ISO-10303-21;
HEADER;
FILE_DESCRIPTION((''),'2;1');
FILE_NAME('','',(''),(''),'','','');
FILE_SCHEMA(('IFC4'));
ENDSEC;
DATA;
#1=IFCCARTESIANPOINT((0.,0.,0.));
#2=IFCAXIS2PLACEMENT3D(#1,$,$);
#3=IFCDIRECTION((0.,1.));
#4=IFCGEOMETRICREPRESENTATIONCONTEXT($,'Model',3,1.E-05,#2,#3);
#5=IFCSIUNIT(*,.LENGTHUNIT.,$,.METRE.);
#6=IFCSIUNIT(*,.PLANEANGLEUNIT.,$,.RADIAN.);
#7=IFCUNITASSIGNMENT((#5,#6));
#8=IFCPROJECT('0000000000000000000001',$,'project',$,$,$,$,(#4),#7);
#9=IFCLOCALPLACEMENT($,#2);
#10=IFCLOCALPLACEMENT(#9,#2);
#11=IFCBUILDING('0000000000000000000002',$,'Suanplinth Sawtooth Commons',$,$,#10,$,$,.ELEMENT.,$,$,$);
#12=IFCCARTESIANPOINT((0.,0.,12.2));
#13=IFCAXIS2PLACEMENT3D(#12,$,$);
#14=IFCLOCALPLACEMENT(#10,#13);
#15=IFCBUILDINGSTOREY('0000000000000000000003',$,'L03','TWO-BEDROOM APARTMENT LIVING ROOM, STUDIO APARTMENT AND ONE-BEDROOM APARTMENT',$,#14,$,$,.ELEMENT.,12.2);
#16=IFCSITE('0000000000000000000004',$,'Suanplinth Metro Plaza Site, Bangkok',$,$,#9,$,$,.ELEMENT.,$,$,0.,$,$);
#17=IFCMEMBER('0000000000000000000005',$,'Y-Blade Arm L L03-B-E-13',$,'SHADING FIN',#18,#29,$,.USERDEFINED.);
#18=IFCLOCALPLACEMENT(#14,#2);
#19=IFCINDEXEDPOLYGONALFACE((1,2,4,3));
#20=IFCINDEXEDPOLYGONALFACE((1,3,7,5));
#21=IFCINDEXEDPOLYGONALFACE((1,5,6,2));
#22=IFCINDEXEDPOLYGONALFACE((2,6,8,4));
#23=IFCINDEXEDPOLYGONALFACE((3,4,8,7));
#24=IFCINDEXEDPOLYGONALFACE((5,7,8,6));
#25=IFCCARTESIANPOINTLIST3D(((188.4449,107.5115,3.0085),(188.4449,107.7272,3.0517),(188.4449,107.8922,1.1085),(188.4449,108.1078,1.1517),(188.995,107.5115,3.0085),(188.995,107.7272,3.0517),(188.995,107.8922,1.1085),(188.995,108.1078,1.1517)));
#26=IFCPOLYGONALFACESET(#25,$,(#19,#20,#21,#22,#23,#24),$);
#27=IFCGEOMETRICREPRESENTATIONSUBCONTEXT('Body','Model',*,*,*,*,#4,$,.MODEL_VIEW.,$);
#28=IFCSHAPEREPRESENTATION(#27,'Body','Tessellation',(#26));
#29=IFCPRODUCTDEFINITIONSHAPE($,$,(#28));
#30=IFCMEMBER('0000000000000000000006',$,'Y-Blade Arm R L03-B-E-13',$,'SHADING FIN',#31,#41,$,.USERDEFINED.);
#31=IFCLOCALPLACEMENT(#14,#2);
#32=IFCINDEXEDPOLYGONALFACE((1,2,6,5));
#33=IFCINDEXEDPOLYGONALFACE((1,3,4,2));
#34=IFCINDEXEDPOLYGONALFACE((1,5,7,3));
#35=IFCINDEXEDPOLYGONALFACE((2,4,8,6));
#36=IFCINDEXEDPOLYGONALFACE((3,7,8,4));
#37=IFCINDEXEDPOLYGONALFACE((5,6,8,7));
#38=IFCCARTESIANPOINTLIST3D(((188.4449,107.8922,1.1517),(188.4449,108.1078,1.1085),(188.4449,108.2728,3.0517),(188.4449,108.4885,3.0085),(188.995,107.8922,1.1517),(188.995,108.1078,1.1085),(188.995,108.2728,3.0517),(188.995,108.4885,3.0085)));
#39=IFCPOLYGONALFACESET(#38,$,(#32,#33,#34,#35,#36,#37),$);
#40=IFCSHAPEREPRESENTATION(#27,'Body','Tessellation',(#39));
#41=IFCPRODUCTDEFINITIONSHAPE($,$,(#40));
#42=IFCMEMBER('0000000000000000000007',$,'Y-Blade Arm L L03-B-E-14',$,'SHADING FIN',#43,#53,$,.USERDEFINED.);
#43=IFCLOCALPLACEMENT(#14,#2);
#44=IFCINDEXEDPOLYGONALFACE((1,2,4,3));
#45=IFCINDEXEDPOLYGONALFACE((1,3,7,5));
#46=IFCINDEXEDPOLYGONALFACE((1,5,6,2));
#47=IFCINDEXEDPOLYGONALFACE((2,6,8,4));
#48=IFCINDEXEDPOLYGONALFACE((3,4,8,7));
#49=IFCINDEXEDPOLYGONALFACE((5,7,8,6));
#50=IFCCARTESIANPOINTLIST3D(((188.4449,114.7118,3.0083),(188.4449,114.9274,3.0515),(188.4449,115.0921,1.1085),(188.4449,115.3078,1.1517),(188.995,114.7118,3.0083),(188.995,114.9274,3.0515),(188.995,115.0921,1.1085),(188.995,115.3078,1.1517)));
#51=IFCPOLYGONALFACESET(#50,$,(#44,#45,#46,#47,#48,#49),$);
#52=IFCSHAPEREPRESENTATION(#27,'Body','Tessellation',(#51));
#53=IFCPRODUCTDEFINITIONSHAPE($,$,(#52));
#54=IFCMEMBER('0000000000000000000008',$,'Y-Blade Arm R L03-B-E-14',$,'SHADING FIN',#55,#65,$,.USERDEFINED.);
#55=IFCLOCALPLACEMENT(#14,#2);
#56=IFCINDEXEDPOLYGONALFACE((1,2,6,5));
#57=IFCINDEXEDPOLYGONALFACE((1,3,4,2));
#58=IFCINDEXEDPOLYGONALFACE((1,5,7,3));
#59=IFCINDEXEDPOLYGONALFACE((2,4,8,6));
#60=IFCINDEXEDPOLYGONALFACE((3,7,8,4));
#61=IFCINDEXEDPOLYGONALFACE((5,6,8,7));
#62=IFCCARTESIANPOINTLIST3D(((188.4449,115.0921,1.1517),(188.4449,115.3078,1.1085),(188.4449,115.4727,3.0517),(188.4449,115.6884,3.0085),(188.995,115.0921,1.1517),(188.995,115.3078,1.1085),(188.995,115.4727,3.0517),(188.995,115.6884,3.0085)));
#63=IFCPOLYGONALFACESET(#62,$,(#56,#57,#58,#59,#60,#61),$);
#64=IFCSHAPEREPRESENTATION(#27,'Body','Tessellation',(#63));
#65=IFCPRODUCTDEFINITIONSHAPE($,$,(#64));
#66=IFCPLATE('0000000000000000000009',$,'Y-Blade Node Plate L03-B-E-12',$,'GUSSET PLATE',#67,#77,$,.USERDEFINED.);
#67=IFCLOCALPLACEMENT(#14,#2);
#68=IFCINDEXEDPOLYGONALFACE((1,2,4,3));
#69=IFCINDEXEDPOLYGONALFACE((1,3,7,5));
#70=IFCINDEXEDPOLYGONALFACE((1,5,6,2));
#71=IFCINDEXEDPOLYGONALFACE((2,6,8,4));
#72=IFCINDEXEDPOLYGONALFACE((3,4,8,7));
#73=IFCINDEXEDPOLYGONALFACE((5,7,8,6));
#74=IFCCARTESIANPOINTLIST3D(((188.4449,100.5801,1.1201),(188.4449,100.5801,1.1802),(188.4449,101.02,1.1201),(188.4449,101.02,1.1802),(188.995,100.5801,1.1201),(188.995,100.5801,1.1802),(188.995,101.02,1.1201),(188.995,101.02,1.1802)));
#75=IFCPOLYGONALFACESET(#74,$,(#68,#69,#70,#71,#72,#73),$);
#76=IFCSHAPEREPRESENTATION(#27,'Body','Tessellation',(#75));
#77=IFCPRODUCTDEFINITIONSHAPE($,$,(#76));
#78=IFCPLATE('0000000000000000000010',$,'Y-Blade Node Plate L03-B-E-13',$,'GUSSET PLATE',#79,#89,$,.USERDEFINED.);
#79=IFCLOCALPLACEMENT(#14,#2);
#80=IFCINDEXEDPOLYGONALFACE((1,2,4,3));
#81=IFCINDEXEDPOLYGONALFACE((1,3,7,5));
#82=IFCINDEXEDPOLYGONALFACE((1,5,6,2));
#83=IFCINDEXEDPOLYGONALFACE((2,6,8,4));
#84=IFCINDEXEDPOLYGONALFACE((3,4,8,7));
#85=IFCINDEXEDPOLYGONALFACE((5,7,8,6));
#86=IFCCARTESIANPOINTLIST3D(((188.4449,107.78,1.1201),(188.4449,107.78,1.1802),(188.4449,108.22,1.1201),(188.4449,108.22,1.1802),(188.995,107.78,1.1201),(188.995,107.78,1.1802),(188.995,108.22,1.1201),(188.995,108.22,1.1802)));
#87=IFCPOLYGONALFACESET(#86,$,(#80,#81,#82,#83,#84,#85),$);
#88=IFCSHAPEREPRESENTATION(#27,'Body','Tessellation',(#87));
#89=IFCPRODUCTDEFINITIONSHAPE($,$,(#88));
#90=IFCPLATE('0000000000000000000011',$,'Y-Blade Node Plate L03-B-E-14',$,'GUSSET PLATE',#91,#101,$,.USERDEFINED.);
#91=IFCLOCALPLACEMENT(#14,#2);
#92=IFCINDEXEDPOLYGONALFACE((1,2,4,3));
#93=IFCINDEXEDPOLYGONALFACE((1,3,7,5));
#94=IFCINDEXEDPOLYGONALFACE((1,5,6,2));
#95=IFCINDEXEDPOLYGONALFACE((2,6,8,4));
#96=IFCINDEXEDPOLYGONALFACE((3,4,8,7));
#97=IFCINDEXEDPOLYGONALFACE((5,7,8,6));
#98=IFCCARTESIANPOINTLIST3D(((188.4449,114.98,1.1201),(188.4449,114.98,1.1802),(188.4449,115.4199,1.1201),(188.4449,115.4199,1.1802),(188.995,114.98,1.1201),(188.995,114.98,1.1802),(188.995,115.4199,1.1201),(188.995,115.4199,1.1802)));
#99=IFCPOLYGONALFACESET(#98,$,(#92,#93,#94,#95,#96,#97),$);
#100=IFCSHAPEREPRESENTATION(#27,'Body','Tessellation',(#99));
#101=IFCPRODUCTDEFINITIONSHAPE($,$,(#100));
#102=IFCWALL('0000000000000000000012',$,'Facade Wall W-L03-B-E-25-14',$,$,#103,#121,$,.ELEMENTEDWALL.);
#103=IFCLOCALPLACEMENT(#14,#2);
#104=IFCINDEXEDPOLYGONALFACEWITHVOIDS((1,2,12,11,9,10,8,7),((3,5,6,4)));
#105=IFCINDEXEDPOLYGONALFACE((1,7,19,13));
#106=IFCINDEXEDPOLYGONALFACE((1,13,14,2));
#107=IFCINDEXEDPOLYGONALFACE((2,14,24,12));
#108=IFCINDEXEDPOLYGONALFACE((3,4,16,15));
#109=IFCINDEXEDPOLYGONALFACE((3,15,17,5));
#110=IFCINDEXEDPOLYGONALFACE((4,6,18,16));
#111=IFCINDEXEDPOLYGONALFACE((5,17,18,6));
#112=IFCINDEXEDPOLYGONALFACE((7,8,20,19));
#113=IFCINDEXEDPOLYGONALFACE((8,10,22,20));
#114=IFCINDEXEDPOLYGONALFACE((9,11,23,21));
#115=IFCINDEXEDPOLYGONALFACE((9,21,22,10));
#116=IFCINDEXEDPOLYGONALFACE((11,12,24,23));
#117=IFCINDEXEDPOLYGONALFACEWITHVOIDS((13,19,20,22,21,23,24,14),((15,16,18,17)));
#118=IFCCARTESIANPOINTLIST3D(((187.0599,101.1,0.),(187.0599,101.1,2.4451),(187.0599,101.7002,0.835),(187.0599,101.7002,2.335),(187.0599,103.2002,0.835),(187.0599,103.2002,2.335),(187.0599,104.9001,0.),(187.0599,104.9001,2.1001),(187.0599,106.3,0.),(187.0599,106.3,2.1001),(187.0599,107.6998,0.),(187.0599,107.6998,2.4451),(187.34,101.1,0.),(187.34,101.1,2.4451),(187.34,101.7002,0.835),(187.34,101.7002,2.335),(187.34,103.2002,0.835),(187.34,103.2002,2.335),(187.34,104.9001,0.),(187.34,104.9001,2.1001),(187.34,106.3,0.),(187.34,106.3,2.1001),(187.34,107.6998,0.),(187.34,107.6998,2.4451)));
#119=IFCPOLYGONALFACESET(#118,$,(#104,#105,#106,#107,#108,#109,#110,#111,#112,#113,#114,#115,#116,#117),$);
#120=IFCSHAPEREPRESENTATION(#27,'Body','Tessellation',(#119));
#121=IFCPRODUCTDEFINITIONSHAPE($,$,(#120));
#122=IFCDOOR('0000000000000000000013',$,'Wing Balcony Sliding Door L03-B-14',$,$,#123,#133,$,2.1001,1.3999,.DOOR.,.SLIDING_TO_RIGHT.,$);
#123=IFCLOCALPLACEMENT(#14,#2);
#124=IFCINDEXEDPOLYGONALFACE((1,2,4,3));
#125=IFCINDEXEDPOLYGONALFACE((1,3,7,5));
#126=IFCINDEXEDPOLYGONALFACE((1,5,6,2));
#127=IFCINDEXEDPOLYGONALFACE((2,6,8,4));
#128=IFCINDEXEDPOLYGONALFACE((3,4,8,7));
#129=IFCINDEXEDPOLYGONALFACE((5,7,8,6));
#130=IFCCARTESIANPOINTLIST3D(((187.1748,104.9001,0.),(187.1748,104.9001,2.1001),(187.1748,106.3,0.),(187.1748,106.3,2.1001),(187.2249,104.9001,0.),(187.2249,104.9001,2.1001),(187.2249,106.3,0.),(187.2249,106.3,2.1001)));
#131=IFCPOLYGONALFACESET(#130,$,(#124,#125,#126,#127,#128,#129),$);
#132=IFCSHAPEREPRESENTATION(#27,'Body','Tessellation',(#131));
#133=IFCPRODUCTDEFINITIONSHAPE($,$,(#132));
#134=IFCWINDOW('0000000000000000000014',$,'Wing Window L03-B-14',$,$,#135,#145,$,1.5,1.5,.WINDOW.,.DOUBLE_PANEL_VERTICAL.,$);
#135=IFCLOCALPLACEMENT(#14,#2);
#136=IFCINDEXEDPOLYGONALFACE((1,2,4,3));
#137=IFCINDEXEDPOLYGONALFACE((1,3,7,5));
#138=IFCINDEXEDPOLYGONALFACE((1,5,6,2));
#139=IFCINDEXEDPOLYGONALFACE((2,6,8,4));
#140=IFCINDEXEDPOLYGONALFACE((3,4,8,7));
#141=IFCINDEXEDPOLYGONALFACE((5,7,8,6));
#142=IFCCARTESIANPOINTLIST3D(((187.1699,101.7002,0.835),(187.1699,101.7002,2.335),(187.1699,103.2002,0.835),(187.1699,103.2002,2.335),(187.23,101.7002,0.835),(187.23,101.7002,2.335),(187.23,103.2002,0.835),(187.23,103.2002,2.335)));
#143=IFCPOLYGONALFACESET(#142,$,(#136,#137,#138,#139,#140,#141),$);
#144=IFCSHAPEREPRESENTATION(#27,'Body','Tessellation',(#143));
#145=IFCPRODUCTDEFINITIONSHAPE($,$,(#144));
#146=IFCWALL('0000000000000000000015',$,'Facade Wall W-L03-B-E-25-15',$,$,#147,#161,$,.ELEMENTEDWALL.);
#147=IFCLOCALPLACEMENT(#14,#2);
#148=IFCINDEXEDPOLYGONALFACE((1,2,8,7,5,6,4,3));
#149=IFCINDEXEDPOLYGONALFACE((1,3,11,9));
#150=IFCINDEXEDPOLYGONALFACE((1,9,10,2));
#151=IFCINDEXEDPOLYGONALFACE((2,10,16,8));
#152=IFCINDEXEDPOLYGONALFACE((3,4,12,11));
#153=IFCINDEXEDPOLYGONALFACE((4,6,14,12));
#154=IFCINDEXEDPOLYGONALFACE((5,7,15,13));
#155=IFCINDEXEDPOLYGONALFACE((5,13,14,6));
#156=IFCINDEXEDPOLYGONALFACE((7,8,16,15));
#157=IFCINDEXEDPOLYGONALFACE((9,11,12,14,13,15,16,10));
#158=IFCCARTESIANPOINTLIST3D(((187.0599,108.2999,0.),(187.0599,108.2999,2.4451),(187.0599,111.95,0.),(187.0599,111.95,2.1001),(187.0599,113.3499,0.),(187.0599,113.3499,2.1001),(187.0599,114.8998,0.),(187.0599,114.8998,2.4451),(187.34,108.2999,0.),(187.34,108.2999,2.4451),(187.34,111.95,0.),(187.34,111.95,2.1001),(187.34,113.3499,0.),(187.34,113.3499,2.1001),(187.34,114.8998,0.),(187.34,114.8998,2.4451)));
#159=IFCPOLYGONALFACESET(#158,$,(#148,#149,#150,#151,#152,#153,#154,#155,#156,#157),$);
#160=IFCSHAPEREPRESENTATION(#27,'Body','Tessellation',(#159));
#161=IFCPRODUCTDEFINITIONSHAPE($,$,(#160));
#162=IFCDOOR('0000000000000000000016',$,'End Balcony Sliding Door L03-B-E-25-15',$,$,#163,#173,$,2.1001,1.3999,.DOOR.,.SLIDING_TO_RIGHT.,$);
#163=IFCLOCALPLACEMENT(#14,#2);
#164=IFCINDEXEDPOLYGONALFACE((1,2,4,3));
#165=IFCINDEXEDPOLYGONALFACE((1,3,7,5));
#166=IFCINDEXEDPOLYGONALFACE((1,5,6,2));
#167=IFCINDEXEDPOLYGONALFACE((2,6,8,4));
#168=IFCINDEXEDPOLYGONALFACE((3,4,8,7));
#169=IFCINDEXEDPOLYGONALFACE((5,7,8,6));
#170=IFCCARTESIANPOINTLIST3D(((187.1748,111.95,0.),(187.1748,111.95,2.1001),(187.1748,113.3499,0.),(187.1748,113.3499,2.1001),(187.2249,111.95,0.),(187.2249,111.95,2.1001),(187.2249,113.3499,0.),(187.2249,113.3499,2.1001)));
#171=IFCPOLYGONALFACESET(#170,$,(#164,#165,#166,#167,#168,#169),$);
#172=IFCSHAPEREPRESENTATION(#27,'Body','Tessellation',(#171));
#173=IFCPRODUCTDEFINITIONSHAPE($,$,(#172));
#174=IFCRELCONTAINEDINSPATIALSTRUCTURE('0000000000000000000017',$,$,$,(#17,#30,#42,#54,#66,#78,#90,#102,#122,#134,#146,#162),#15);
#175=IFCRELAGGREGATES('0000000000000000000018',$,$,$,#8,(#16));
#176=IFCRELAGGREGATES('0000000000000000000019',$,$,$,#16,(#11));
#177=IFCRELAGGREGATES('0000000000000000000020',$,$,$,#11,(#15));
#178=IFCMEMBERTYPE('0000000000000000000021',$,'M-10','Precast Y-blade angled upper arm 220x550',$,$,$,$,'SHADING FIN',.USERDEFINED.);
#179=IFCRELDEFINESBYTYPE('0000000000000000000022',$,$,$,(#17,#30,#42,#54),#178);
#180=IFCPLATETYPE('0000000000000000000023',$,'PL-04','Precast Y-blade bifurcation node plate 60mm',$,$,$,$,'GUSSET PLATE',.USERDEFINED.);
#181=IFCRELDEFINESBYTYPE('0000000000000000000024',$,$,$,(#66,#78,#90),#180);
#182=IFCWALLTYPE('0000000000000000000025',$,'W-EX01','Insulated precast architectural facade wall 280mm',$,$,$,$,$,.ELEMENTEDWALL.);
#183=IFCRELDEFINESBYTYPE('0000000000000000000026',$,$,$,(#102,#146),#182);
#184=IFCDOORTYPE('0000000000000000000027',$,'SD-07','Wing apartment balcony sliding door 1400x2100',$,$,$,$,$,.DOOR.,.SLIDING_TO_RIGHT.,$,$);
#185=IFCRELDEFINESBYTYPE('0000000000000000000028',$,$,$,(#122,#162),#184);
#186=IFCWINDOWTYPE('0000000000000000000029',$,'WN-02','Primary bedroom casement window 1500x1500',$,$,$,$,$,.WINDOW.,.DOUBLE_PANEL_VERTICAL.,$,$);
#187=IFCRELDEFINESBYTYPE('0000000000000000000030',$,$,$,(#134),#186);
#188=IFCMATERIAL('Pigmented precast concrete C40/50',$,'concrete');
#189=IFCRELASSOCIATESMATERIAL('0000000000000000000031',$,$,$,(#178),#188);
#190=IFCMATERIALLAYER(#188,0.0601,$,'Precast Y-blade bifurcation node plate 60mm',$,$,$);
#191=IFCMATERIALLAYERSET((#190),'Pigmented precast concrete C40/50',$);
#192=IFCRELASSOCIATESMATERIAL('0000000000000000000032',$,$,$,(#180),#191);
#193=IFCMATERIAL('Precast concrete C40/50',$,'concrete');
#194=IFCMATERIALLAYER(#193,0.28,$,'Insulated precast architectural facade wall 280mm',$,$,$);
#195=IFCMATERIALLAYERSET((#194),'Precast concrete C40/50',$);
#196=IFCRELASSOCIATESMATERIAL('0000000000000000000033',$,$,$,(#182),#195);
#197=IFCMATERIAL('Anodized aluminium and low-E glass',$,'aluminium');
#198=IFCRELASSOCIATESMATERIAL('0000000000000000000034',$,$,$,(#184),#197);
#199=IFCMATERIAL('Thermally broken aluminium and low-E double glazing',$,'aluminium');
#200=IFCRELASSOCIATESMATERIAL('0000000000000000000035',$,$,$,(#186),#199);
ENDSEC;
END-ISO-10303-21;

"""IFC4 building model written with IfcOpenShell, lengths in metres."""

from ifc_helpers import new_model, si_unit, direction, frame, frame_2d, origin, origin_2d, place, context, subcontext, project, spatial, rectangle, extrude, material, layer, layer_set, material_profile, profile_set, type_object, element, fill, save


model = new_model("IFC4")

# Units and contexts
model_context = context("Model", 3, precision=1e-05, world=origin(), true_north=direction((0.0, 1.0)))
body_context = subcontext(model_context, "Body", "Model", "MODEL_VIEW")
ifc_project = project(units=[si_unit("LENGTHUNIT", "METRE"), si_unit("PLANEANGLEUNIT", "RADIAN")], contexts=[model_context])

# Site, building, storey
site_placement = place(None, origin())
site = spatial("IfcSite", under=ifc_project, at=site_placement, Name="Suanplinth Metro Plaza Site, Bangkok", CompositionType="ELEMENT", RefElevation=0.0)
building_placement = place(site_placement, origin())
building = spatial("IfcBuilding", under=site, at=building_placement, Name="Suanplinth Sawtooth Commons", CompositionType="ELEMENT")
storey_placement = place(building_placement, frame((0.0, 0.0, 12.2)))
storey = spatial("IfcBuildingStorey", under=building, at=storey_placement, Name="L03", Description="TWO-BEDROOM APARTMENT LIVING ROOM, STUDIO APARTMENT AND ONE-BEDROOM APARTMENT", CompositionType="ELEMENT", Elevation=12.2)

# Shared definitions
ifc_material_1 = material(Name="Precast concrete C40/50", Category="concrete")

# Members
ifc_material_2 = material(Name="Pigmented precast concrete C40/50", Category="concrete")
ifc_material_profile_1 = material_profile(ifc_material_2, rectangle(XDim=0.22, YDim=0.55, at=origin_2d()), Name="PC-FIN 220x550")
ifc_profile_set_1 = profile_set([ifc_material_profile_1], Name="Pigmented precast concrete C40/50")
member_type_1 = type_object("IfcMemberType", Name="M-10", Description="Precast Y-blade angled upper arm 220x550", ElementType="SHADING FIN", PredefinedType="USERDEFINED", material=ifc_profile_set_1)
for number, where, z_axis, x_axis, name in (
    (1, (188.72, 108.0, 1.1301), (0.0, -0.196431, 0.980518), (0.0, 0.980518, 0.196431), "Y-Blade Arm L L03-B-E-13"),
    (2, (188.72, 108.0, 1.1301), (0.0, 0.196431, 0.980518), (0.0, -0.980518, 0.196431), "Y-Blade Arm R L03-B-E-13"),
):
    element("IfcMember", number, at=place(storey_placement, frame(where, z_axis=z_axis, x_axis=x_axis)), inside=storey, type_object=member_type_1, Name=name, ObjectType="SHADING FIN", PredefinedType="USERDEFINED", context=body_context, shape_type="SweptSolid", body=[
        extrude(rectangle(XDim=0.22, YDim=0.55, at=origin_2d()), origin(), (0.0, 0.0, 1.0), 1.9377),
    ])
member_1_placement = place(storey_placement, frame((188.72, 115.2, 1.1301), z_axis=(0.0, -0.19631, 0.980542), x_axis=(0.0, 0.980542, 0.19631)))
element("IfcMember", 3, at=member_1_placement, inside=storey, type_object=member_type_1, Name="Y-Blade Arm L L03-B-E-14", ObjectType="SHADING FIN", PredefinedType="USERDEFINED", context=body_context, shape_type="SweptSolid", body=[
    extrude(rectangle(XDim=0.22, YDim=0.55, at=origin_2d()), origin(), (0.0, 0.0, 1.0), 1.9375),
])
member_2_placement = place(storey_placement, frame((188.72, 115.2, 1.1301), z_axis=(0.0, 0.196431, 0.980518), x_axis=(0.0, -0.980518, 0.196431)))
element("IfcMember", 4, at=member_2_placement, inside=storey, type_object=member_type_1, Name="Y-Blade Arm R L03-B-E-14", ObjectType="SHADING FIN", PredefinedType="USERDEFINED", context=body_context, shape_type="SweptSolid", body=[
    extrude(rectangle(XDim=0.22, YDim=0.55, at=origin_2d()), origin(), (0.0, 0.0, 1.0), 1.9377),
])

# Plates
ifc_layer_1 = layer(ifc_material_2, 0.0601, Name="Precast Y-blade bifurcation node plate 60mm")
ifc_layer_set_1 = layer_set([ifc_layer_1], Name="Pigmented precast concrete C40/50")
plate_type = type_object("IfcPlateType", Name="PL-04", Description="Precast Y-blade bifurcation node plate 60mm", ElementType="GUSSET PLATE", PredefinedType="USERDEFINED", material=ifc_layer_set_1)
for number, where, z_axis, x_axis, name in (
    (5, (188.72, 100.8, 1.1201), (0.0, 0.0, 1.0), (0.0, 1.0, 0.0), "Y-Blade Node Plate L03-B-E-12"),
    (6, (188.72, 108.0, 1.1201), (0.0, 0.0, 1.0), (0.0, 1.0, 0.0), "Y-Blade Node Plate L03-B-E-13"),
    (7, (188.72, 115.2, 1.1201), (0.0, 0.0, 1.0), (0.0, 1.0, 0.0), "Y-Blade Node Plate L03-B-E-14"),
):
    element("IfcPlate", number, at=place(storey_placement, frame(where, z_axis=z_axis, x_axis=x_axis)), inside=storey, type_object=plate_type, Name=name, ObjectType="GUSSET PLATE", PredefinedType="USERDEFINED", context=body_context, shape_type="SweptSolid", body=[
        extrude(rectangle(XDim=0.4399, YDim=0.55, at=origin_2d()), origin(), (0.0, 0.0, 1.0), 0.0601),
    ])

# Wall, openings, door, window
ifc_layer_2 = layer(ifc_material_1, 0.28, Name="Insulated precast architectural facade wall 280mm")
ifc_layer_set_2 = layer_set([ifc_layer_2], Name="Precast concrete C40/50")
wall_type_1 = type_object("IfcWallType", Name="W-EX01", Description="Insulated precast architectural facade wall 280mm", PredefinedType="ELEMENTEDWALL", material=ifc_layer_set_2)
wall_1_placement = place(storey_placement, frame((187.2, 101.1001, 0.0), z_axis=(0.0, 0.0, 1.0), x_axis=(0.0, 1.0, 0.0)))
wall_1 = element("IfcWall", 8, at=wall_1_placement, inside=storey, type_object=wall_type_1, Name="Facade Wall W-L03-B-E-25-14", PredefinedType="ELEMENTEDWALL", context=body_context, shape_type="SweptSolid", body=[
    extrude(rectangle(XDim=6.5999, YDim=0.28, at=frame_2d((3.2998, 0.0))), origin(), (0.0, 0.0, 1.0), 2.4451),
])
opening_1_placement = place(wall_1_placement, frame((3.8, 0.0, 0.0)))
opening_1 = element("IfcOpeningElement", 9, at=opening_1_placement, cuts=wall_1, PredefinedType="OPENING", context=body_context, shape_type="SweptSolid", body=[
    extrude(rectangle(XDim=1.3999, YDim=2.1001, at=frame_2d((0.7, 1.05))), frame((0.0, 0.1548, 0.0), z_axis=(0.0, -1.0, 0.0), x_axis=(1.0, 0.0, 0.0)), (0.0, 0.0, 1.0), 0.3098),
])
opening_2_placement = place(wall_1_placement, frame((0.6001, 0.0, 0.835)))
opening_2 = element("IfcOpeningElement", 10, at=opening_2_placement, cuts=wall_1, PredefinedType="OPENING", context=body_context, shape_type="SweptSolid", body=[
    extrude(rectangle(XDim=1.5, YDim=1.5, at=frame_2d((0.75, 0.75))), frame((0.0, 0.1548, 0.0), z_axis=(0.0, -1.0, 0.0), x_axis=(1.0, 0.0, 0.0)), (0.0, 0.0, 1.0), 0.3098),
])
ifc_material_3 = material(Name="Anodized aluminium and low-E glass", Category="aluminium")
door_type_1 = type_object("IfcDoorType", Name="SD-07", Description="Wing apartment balcony sliding door 1400x2100", OperationType="SLIDING_TO_RIGHT", PredefinedType="DOOR", material=ifc_material_3)
door_1_placement = place(opening_1_placement, frame((1.3999, 0.0, 0.0), z_axis=(0.0, 0.0, 1.0), x_axis=(-1.0, 0.0, 0.0)))
door_1 = element("IfcDoor", 11, at=door_1_placement, inside=storey, type_object=door_type_1, Name="Wing Balcony Sliding Door L03-B-14", OperationType="SLIDING_TO_RIGHT", OverallHeight=2.1001, OverallWidth=1.3999, PredefinedType="DOOR", context=body_context, shape_type="SweptSolid", body=[
    extrude(rectangle(XDim=1.3999, YDim=2.1001, at=frame_2d((0.7, 1.05))), frame((0.0, 0.0249, 0.0), z_axis=(0.0, -1.0, 0.0), x_axis=(1.0, 0.0, 0.0)), (0.0, 0.0, 1.0), 0.05),
])
fill(opening_1, door_1)
ifc_material_4 = material(Name="Thermally broken aluminium and low-E double glazing", Category="aluminium")
window_type = type_object("IfcWindowType", Name="WN-02", Description="Primary bedroom casement window 1500x1500", PartitioningType="DOUBLE_PANEL_VERTICAL", PredefinedType="WINDOW", material=ifc_material_4)
window_placement = place(opening_2_placement, origin())
window = element("IfcWindow", 12, at=window_placement, inside=storey, type_object=window_type, Name="Wing Window L03-B-14", OverallHeight=1.5, OverallWidth=1.5, PartitioningType="DOUBLE_PANEL_VERTICAL", PredefinedType="WINDOW", context=body_context, shape_type="SweptSolid", body=[
    extrude(rectangle(XDim=1.5, YDim=1.5, at=frame_2d((0.75, 0.75))), frame((0.0, 0.03, 0.0), z_axis=(0.0, -1.0, 0.0), x_axis=(1.0, 0.0, 0.0)), (0.0, 0.0, 1.0), 0.0601),
])
fill(opening_2, window)

# Wall, opening, door
wall_2_placement = place(storey_placement, frame((187.2, 108.3, 0.0), z_axis=(0.0, 0.0, 1.0), x_axis=(0.0, 1.0, 0.0)))
wall_2 = element("IfcWall", 13, at=wall_2_placement, inside=storey, type_object=wall_type_1, Name="Facade Wall W-L03-B-E-25-15", PredefinedType="ELEMENTEDWALL", context=body_context, shape_type="SweptSolid", body=[
    extrude(rectangle(XDim=6.5999, YDim=0.28, at=frame_2d((3.2998, 0.0))), origin(), (0.0, 0.0, 1.0), 2.4451),
])
opening_3_placement = place(wall_2_placement, frame((3.6499, 0.0, 0.0)))
opening_3 = element("IfcOpeningElement", 14, at=opening_3_placement, cuts=wall_2, PredefinedType="OPENING", context=body_context, shape_type="SweptSolid", body=[
    extrude(rectangle(XDim=1.3999, YDim=2.1001, at=frame_2d((0.7, 1.05))), frame((0.0, 0.1548, 0.0), z_axis=(0.0, -1.0, 0.0), x_axis=(1.0, 0.0, 0.0)), (0.0, 0.0, 1.0), 0.3098),
])
door_2_placement = place(opening_3_placement, frame((1.3999, 0.0, 0.0), z_axis=(0.0, 0.0, 1.0), x_axis=(-1.0, 0.0, 0.0)))
door_2 = element("IfcDoor", 15, at=door_2_placement, inside=storey, type_object=door_type_1, Name="End Balcony Sliding Door L03-B-E-25-15", OperationType="SLIDING_TO_RIGHT", OverallHeight=2.1001, OverallWidth=1.3999, PredefinedType="DOOR", context=body_context, shape_type="SweptSolid", body=[
    extrude(rectangle(XDim=1.3999, YDim=2.1001, at=frame_2d((0.7, 1.05))), frame((0.0, 0.0249, 0.0), z_axis=(0.0, -1.0, 0.0), x_axis=(1.0, 0.0, 0.0)), (0.0, 0.0, 1.0), 0.05),
])
fill(opening_3, door_2)

save(model, "model.ifc")
